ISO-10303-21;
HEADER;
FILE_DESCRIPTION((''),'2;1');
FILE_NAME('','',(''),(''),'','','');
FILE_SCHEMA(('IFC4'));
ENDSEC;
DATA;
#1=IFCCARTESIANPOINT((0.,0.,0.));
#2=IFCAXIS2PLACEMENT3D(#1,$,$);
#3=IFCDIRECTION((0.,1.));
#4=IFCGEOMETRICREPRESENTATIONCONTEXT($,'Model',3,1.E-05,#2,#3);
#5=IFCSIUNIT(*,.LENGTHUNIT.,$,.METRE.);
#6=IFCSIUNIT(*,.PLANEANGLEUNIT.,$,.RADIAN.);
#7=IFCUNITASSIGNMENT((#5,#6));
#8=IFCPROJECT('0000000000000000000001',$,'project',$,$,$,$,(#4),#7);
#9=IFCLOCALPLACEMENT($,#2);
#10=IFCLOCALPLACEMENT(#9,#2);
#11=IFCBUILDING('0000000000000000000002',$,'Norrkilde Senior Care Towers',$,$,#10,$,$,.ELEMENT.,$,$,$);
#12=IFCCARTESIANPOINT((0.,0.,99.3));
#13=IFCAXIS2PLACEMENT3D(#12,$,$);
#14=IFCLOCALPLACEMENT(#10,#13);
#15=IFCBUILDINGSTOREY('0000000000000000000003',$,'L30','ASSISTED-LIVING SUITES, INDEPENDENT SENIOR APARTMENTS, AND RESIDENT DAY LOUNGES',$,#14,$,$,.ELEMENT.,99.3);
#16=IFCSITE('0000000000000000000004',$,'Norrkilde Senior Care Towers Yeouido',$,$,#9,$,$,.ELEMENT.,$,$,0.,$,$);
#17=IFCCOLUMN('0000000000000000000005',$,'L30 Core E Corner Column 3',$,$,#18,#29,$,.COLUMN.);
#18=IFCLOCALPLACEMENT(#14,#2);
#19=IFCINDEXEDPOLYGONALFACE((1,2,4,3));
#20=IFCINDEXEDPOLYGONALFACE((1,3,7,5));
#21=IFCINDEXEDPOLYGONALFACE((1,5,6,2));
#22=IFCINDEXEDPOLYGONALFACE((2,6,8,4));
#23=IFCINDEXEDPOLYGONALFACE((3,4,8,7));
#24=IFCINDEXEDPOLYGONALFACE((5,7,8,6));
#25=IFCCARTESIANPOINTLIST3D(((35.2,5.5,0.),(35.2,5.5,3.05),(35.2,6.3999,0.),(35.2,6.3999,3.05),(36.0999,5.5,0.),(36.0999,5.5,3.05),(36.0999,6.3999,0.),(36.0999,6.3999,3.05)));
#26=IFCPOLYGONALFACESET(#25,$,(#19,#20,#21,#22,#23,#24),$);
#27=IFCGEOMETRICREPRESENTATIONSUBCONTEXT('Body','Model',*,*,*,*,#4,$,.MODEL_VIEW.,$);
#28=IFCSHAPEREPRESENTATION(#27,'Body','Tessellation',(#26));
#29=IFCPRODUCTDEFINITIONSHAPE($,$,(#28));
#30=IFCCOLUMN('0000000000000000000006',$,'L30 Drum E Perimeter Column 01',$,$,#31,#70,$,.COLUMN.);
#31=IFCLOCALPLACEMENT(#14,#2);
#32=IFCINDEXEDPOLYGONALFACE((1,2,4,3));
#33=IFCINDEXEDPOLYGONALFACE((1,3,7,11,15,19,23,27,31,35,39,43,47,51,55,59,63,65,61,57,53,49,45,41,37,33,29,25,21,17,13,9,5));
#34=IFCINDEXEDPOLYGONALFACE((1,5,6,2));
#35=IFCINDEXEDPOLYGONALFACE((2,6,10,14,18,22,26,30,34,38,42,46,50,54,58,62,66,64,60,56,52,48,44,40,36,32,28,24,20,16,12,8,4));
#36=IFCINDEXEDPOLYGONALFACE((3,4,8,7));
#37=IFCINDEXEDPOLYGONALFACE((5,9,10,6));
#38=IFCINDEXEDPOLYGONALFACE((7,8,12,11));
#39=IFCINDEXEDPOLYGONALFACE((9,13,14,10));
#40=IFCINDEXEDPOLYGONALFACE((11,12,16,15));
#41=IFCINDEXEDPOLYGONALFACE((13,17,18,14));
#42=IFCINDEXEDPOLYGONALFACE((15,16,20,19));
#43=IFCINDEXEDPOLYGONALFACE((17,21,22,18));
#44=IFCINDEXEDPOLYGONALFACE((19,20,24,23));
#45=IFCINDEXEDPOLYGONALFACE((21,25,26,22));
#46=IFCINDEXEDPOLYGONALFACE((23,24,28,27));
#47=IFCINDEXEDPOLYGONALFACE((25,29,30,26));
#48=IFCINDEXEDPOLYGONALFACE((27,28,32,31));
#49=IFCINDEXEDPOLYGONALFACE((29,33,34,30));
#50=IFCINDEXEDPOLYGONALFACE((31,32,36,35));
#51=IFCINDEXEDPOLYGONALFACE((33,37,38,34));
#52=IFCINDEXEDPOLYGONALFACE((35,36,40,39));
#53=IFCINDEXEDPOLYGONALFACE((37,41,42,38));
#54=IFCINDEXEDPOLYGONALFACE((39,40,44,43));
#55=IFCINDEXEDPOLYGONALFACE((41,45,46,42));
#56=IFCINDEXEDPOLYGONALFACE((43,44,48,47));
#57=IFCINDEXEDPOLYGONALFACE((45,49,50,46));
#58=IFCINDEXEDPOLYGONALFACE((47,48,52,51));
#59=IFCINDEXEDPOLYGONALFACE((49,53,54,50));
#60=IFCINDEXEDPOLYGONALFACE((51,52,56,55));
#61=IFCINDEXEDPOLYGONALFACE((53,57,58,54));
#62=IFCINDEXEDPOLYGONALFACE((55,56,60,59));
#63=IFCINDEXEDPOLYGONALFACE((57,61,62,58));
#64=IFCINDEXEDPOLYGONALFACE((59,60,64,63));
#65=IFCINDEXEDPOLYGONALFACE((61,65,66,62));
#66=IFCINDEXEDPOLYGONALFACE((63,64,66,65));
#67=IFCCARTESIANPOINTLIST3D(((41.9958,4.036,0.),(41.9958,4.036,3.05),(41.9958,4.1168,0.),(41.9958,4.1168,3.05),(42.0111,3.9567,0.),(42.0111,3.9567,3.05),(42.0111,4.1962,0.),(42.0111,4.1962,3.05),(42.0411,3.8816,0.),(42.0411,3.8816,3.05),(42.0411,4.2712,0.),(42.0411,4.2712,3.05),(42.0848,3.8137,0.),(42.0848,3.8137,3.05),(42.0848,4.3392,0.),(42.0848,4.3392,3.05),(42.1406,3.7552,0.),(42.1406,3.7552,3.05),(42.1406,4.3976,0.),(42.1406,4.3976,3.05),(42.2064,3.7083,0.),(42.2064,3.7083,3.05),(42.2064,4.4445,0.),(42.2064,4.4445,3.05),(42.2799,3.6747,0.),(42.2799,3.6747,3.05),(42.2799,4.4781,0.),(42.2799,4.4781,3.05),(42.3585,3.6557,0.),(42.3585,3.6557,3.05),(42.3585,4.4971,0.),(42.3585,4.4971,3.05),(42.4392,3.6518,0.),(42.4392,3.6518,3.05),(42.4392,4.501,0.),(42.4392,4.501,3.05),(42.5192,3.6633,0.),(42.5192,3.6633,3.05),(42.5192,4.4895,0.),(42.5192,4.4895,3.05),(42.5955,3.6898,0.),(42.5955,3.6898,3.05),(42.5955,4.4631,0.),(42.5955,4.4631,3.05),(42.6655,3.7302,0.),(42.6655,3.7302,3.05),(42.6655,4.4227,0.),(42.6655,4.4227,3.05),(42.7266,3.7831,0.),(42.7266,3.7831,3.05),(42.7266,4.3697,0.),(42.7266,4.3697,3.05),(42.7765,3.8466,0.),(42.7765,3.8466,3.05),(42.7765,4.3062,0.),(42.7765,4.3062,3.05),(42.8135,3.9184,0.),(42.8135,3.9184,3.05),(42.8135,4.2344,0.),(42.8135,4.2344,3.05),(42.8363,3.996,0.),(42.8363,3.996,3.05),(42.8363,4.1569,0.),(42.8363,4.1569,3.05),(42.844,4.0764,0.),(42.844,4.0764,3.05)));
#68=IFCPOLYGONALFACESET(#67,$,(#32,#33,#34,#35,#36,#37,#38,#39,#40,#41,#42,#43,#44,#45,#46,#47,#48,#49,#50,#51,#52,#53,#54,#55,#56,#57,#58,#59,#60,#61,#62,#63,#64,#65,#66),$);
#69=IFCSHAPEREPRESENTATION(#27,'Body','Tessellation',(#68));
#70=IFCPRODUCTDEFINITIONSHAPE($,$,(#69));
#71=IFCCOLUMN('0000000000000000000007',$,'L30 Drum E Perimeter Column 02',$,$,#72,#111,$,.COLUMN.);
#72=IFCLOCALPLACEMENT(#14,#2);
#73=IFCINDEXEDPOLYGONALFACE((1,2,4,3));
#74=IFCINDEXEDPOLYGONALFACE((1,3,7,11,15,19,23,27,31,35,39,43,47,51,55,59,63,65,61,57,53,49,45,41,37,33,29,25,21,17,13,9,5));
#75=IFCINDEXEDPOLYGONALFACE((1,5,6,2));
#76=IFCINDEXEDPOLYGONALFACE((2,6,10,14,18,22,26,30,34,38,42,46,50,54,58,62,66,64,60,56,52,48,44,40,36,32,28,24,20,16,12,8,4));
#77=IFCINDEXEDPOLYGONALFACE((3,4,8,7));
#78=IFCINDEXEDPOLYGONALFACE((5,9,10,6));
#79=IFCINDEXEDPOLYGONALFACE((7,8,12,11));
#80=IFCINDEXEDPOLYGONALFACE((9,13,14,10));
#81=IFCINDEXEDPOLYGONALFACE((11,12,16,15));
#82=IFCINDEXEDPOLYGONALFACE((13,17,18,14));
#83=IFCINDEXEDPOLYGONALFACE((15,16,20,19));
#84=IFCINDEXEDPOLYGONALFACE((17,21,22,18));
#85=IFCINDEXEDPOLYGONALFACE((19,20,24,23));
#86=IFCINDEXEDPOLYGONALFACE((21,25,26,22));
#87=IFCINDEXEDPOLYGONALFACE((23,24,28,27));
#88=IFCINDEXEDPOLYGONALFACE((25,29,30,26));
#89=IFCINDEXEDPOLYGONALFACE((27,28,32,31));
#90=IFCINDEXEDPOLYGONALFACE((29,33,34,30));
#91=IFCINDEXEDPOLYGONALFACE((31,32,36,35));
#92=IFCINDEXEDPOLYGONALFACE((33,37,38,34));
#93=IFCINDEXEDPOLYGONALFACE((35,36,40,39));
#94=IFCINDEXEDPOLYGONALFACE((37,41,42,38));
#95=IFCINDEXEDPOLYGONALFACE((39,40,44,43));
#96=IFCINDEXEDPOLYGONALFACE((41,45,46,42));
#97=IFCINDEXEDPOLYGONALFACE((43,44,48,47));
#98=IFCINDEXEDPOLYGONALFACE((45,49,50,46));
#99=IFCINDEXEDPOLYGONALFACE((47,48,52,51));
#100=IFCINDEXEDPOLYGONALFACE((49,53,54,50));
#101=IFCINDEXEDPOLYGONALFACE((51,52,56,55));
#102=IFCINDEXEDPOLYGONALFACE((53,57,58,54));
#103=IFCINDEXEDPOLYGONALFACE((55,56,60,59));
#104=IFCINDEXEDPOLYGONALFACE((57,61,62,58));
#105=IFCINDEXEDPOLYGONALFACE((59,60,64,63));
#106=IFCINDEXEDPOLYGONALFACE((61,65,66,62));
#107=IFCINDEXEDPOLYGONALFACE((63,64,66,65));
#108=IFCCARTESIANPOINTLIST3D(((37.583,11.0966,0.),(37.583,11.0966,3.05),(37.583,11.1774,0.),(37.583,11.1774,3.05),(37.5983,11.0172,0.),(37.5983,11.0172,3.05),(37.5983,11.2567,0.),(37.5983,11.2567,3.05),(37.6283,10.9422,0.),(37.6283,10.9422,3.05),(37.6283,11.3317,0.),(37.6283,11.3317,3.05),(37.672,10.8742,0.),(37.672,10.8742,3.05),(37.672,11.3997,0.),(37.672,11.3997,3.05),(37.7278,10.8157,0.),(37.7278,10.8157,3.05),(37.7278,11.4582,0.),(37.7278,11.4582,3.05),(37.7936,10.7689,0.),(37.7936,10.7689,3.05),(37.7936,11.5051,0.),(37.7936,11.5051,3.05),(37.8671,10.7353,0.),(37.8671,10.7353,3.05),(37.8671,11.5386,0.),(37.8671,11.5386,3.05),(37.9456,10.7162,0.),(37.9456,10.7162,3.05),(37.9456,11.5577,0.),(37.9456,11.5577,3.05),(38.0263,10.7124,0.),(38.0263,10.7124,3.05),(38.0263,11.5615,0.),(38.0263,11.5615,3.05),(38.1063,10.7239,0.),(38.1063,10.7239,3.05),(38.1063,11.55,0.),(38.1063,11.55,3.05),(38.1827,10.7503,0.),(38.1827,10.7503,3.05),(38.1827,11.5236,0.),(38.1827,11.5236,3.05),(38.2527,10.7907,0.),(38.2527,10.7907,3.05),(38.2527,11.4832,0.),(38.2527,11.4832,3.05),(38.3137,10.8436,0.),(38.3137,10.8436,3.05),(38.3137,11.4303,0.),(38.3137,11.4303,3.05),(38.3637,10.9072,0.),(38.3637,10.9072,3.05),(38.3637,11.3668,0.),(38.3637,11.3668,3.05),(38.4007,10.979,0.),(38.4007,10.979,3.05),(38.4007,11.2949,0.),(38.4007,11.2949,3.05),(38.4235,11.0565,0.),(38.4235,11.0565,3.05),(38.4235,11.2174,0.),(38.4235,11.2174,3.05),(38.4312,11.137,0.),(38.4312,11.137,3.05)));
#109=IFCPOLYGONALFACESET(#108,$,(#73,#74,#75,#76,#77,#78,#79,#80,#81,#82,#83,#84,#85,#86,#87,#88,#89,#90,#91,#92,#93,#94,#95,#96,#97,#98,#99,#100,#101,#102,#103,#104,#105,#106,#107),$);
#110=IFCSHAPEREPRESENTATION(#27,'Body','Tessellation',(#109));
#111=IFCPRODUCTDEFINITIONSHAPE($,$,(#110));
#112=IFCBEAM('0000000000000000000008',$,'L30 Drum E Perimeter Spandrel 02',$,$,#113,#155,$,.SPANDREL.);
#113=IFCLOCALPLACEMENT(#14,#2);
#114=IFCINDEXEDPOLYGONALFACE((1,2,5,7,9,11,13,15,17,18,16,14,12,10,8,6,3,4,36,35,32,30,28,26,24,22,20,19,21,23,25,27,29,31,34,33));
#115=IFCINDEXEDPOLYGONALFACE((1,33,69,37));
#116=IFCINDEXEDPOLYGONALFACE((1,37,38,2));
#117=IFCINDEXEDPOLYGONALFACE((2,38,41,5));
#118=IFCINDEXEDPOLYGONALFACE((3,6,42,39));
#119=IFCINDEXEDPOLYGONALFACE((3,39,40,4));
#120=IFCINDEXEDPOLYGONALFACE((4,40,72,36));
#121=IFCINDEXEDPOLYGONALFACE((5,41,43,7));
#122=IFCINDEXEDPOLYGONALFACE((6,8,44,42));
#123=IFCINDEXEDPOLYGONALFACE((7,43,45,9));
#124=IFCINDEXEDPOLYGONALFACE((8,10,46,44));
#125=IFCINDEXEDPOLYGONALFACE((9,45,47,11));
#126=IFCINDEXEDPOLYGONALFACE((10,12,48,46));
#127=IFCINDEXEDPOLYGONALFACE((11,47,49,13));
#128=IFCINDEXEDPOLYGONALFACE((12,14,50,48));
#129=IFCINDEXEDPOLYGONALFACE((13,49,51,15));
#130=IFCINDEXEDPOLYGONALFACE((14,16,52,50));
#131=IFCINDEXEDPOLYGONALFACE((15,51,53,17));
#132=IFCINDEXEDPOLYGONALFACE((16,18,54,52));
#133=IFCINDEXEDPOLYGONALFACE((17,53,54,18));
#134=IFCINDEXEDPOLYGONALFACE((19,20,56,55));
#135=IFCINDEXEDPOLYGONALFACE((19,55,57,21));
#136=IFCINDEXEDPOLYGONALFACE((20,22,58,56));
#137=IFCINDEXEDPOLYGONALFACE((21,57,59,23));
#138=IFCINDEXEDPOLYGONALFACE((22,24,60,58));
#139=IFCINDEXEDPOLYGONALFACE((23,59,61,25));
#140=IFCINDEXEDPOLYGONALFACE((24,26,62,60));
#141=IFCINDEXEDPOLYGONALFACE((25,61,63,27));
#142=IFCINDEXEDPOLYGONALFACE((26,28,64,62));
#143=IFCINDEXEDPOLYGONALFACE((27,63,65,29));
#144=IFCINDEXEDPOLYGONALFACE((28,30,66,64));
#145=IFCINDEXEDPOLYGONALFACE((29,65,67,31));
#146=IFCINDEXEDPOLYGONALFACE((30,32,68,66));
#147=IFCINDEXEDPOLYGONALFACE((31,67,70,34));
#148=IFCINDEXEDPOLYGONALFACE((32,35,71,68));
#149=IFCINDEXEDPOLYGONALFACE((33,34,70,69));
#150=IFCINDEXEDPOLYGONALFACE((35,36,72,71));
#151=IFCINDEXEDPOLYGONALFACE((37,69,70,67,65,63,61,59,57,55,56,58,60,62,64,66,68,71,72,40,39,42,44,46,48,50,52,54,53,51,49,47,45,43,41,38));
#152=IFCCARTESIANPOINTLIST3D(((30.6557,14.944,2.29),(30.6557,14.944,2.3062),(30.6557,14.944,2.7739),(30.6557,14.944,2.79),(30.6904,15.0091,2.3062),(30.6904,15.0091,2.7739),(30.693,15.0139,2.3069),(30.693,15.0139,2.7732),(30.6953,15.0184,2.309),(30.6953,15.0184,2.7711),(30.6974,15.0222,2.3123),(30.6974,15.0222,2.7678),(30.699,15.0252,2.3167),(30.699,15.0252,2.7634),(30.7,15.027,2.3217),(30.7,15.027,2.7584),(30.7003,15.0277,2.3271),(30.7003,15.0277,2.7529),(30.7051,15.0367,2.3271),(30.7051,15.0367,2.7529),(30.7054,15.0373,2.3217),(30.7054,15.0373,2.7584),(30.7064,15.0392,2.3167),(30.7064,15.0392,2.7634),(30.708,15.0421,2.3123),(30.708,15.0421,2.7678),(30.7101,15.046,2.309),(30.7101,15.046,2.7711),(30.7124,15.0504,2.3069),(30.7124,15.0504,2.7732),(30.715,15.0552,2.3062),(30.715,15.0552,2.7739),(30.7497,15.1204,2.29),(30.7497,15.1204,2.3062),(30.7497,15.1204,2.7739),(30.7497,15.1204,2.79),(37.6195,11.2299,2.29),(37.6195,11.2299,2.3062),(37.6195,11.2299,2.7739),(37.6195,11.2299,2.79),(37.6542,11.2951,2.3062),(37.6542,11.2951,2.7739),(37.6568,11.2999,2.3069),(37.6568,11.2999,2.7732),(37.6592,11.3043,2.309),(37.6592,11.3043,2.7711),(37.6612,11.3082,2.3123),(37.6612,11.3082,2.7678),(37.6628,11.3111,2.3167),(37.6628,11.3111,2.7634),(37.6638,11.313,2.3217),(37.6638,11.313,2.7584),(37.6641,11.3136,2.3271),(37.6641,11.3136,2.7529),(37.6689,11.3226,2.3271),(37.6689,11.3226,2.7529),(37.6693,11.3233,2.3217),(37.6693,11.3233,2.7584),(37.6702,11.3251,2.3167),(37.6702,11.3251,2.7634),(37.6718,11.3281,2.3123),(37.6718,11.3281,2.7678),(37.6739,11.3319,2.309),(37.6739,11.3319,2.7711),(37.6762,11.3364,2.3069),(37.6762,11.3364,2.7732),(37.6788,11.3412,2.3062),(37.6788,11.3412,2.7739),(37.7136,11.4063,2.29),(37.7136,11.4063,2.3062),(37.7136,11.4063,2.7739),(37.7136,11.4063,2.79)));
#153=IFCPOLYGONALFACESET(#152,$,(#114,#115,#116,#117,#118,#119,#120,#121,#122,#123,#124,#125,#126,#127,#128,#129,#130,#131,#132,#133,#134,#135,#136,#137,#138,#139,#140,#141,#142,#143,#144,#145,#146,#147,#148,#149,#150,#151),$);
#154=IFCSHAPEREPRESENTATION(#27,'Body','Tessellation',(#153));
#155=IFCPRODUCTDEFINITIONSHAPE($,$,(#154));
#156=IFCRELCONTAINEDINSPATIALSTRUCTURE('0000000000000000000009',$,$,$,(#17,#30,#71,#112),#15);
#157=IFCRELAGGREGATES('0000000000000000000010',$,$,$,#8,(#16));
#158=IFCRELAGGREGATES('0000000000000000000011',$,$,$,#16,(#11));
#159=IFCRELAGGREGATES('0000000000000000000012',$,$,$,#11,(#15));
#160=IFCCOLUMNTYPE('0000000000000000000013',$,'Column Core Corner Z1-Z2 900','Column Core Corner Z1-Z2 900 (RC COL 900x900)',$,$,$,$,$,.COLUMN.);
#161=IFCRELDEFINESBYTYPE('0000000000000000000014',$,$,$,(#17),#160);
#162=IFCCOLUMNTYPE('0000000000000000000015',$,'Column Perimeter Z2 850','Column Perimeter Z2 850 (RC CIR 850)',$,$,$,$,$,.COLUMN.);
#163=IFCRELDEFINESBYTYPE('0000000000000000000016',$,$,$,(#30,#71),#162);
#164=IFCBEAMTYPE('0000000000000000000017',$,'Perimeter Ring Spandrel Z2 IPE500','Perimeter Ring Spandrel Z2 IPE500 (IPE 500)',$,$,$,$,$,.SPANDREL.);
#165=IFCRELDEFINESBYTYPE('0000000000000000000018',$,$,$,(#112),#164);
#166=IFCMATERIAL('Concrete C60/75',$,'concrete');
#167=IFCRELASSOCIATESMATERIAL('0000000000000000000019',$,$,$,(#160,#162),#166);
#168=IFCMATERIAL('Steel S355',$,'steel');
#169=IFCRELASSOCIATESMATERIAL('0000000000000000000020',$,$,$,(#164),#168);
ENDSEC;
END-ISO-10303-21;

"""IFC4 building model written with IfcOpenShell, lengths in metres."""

from ifc_helpers import new_model, si_unit, direction, frame, origin, origin_2d, place, context, subcontext, project, spatial, rectangle, circle, i_section, extrude, source, transform, mapped, material, material_profile, profile_set, type_object, type_shapes, element, save


model = new_model("IFC4")

# Units and contexts
model_context = context("Model", 3, precision=1e-05, world=origin(), true_north=direction((0.0, 1.0)))
body_context = subcontext(model_context, "Body", "Model", "MODEL_VIEW")
ifc_project = project(units=[si_unit("LENGTHUNIT", "METRE"), si_unit("PLANEANGLEUNIT", "RADIAN")], contexts=[model_context])

# Site, building, storey
site_placement = place(None, origin())
site = spatial("IfcSite", under=ifc_project, at=site_placement, Name="Norrkilde Senior Care Towers Yeouido", CompositionType="ELEMENT", RefElevation=0.0)
building_placement = place(site_placement, origin())
building = spatial("IfcBuilding", under=site, at=building_placement, Name="Norrkilde Senior Care Towers", CompositionType="ELEMENT")
storey_placement = place(building_placement, frame((0.0, 0.0, 99.3)))
storey = spatial("IfcBuildingStorey", under=building, at=storey_placement, Name="L30", Description="ASSISTED-LIVING SUITES, INDEPENDENT SENIOR APARTMENTS, AND RESIDENT DAY LOUNGES", CompositionType="ELEMENT", Elevation=99.3)

# Columns
ifc_material_1 = material(Name="Concrete C60/75", Category="concrete")
ifc_material_profile_1 = material_profile(ifc_material_1, rectangle(XDim=0.8999, YDim=0.8999, at=origin_2d()), Name="RC COL 900x900")
ifc_profile_set_1 = profile_set([ifc_material_profile_1], Name="Concrete C60/75")
column_type_1 = type_object("IfcColumnType", Name="Column Core Corner Z1-Z2 900", Description="Column Core Corner Z1-Z2 900 (RC COL 900x900)", PredefinedType="COLUMN", material=ifc_profile_set_1)
shared_shape_1 = source(origin(), body_context, "Body", "SweptSolid", [
    extrude(rectangle(XDim=0.8999, YDim=0.8999, at=origin_2d()), origin(), (0.0, 0.0, 1.0), 3.05),
])
type_shapes(column_type_1, [shared_shape_1])
column_placement = place(storey_placement, frame((35.6499, 5.95, 0.0), z_axis=(0.0, 0.0, 1.0), x_axis=(1.0, 0.0, 0.0)))
element("IfcColumn", 1, at=column_placement, inside=storey, type_object=column_type_1, Name="L30 Core E Corner Column 3", PredefinedType="COLUMN", context=body_context, shape_type="MappedRepresentation", body=[
    mapped(shared_shape_1, transform((0.0, 0.0, 0.0), x_axis=(1.0, 0.0, 0.0), y_axis=(0.0, 1.0, 0.0), z_axis=(0.0, 0.0, 1.0), scale=1.0)),
])
ifc_material_profile_2 = material_profile(ifc_material_1, circle(Radius=0.425, at=origin_2d()), Name="RC CIR 850")
ifc_profile_set_2 = profile_set([ifc_material_profile_2], Name="Concrete C60/75")
column_type_2 = type_object("IfcColumnType", Name="Column Perimeter Z2 850", Description="Column Perimeter Z2 850 (RC CIR 850)", PredefinedType="COLUMN", material=ifc_profile_set_2)
shared_shape_2 = source(origin(), body_context, "Body", "SweptSolid", [
    extrude(circle(Radius=0.425, at=origin_2d()), origin(), (0.0, 0.0, 1.0), 3.05),
])
type_shapes(column_type_2, [shared_shape_2])
for number, where, z_axis, x_axis, name in (
    (2, (42.4189, 4.0764, 0.0), (0.0, 0.0, 1.0), (1.0, 0.0, 0.0), "L30 Drum E Perimeter Column 01"),
    (3, (38.0061, 11.137, 0.0), (0.0, 0.0, 1.0), (1.0, 0.0, 0.0), "L30 Drum E Perimeter Column 02"),
):
    element("IfcColumn", number, at=place(storey_placement, frame(where, z_axis=z_axis, x_axis=x_axis)), inside=storey, type_object=column_type_2, Name=name, PredefinedType="COLUMN", context=body_context, shape_type="MappedRepresentation", body=[
        mapped(shared_shape_2, transform((0.0, 0.0, 0.0), x_axis=(1.0, 0.0, 0.0), y_axis=(0.0, 1.0, 0.0), z_axis=(0.0, 0.0, 1.0), scale=1.0)),
    ])

# Beam
ifc_material_2 = material(Name="Steel S355", Category="steel")
ifc_material_profile_3 = material_profile(ifc_material_2, i_section(OverallWidth=0.2, OverallDepth=0.5, WebThickness=0.0103, FlangeThickness=0.0161, FilletRadius=0.021, at=origin_2d()), Name="IPE 500")
ifc_profile_set_3 = profile_set([ifc_material_profile_3], Name="Steel S355")
beam_type_1 = type_object("IfcBeamType", Name="Perimeter Ring Spandrel Z2 IPE500", Description="Perimeter Ring Spandrel Z2 IPE500 (IPE 500)", PredefinedType="SPANDREL", material=ifc_profile_set_3)
shared_shape_3 = source(origin(), body_context, "Body", "SweptSolid", [
    extrude(i_section(OverallWidth=0.2, OverallDepth=0.5, WebThickness=0.0103, FlangeThickness=0.0161, FilletRadius=0.021, at=origin_2d()), origin(), (0.0, 0.0, 1.0), 7.8923),
])
beam_1_placement = place(storey_placement, frame((37.6665, 11.3181, 2.54), z_axis=(-0.88235, 0.470593, 0.0), x_axis=(-0.470593, -0.88235, 0.0)))
element("IfcBeam", 4, at=beam_1_placement, inside=storey, type_object=beam_type_1, Name="L30 Drum E Perimeter Spandrel 02", PredefinedType="SPANDREL", context=body_context, shape_type="MappedRepresentation", body=[
    mapped(shared_shape_3, transform((0.0, 0.0, 0.0), x_axis=(1.0, 0.0, 0.0), y_axis=(0.0, 1.0, 0.0), z_axis=(0.0, 0.0, 1.0), scale=1.0)),
])

save(model, "model.ifc")
